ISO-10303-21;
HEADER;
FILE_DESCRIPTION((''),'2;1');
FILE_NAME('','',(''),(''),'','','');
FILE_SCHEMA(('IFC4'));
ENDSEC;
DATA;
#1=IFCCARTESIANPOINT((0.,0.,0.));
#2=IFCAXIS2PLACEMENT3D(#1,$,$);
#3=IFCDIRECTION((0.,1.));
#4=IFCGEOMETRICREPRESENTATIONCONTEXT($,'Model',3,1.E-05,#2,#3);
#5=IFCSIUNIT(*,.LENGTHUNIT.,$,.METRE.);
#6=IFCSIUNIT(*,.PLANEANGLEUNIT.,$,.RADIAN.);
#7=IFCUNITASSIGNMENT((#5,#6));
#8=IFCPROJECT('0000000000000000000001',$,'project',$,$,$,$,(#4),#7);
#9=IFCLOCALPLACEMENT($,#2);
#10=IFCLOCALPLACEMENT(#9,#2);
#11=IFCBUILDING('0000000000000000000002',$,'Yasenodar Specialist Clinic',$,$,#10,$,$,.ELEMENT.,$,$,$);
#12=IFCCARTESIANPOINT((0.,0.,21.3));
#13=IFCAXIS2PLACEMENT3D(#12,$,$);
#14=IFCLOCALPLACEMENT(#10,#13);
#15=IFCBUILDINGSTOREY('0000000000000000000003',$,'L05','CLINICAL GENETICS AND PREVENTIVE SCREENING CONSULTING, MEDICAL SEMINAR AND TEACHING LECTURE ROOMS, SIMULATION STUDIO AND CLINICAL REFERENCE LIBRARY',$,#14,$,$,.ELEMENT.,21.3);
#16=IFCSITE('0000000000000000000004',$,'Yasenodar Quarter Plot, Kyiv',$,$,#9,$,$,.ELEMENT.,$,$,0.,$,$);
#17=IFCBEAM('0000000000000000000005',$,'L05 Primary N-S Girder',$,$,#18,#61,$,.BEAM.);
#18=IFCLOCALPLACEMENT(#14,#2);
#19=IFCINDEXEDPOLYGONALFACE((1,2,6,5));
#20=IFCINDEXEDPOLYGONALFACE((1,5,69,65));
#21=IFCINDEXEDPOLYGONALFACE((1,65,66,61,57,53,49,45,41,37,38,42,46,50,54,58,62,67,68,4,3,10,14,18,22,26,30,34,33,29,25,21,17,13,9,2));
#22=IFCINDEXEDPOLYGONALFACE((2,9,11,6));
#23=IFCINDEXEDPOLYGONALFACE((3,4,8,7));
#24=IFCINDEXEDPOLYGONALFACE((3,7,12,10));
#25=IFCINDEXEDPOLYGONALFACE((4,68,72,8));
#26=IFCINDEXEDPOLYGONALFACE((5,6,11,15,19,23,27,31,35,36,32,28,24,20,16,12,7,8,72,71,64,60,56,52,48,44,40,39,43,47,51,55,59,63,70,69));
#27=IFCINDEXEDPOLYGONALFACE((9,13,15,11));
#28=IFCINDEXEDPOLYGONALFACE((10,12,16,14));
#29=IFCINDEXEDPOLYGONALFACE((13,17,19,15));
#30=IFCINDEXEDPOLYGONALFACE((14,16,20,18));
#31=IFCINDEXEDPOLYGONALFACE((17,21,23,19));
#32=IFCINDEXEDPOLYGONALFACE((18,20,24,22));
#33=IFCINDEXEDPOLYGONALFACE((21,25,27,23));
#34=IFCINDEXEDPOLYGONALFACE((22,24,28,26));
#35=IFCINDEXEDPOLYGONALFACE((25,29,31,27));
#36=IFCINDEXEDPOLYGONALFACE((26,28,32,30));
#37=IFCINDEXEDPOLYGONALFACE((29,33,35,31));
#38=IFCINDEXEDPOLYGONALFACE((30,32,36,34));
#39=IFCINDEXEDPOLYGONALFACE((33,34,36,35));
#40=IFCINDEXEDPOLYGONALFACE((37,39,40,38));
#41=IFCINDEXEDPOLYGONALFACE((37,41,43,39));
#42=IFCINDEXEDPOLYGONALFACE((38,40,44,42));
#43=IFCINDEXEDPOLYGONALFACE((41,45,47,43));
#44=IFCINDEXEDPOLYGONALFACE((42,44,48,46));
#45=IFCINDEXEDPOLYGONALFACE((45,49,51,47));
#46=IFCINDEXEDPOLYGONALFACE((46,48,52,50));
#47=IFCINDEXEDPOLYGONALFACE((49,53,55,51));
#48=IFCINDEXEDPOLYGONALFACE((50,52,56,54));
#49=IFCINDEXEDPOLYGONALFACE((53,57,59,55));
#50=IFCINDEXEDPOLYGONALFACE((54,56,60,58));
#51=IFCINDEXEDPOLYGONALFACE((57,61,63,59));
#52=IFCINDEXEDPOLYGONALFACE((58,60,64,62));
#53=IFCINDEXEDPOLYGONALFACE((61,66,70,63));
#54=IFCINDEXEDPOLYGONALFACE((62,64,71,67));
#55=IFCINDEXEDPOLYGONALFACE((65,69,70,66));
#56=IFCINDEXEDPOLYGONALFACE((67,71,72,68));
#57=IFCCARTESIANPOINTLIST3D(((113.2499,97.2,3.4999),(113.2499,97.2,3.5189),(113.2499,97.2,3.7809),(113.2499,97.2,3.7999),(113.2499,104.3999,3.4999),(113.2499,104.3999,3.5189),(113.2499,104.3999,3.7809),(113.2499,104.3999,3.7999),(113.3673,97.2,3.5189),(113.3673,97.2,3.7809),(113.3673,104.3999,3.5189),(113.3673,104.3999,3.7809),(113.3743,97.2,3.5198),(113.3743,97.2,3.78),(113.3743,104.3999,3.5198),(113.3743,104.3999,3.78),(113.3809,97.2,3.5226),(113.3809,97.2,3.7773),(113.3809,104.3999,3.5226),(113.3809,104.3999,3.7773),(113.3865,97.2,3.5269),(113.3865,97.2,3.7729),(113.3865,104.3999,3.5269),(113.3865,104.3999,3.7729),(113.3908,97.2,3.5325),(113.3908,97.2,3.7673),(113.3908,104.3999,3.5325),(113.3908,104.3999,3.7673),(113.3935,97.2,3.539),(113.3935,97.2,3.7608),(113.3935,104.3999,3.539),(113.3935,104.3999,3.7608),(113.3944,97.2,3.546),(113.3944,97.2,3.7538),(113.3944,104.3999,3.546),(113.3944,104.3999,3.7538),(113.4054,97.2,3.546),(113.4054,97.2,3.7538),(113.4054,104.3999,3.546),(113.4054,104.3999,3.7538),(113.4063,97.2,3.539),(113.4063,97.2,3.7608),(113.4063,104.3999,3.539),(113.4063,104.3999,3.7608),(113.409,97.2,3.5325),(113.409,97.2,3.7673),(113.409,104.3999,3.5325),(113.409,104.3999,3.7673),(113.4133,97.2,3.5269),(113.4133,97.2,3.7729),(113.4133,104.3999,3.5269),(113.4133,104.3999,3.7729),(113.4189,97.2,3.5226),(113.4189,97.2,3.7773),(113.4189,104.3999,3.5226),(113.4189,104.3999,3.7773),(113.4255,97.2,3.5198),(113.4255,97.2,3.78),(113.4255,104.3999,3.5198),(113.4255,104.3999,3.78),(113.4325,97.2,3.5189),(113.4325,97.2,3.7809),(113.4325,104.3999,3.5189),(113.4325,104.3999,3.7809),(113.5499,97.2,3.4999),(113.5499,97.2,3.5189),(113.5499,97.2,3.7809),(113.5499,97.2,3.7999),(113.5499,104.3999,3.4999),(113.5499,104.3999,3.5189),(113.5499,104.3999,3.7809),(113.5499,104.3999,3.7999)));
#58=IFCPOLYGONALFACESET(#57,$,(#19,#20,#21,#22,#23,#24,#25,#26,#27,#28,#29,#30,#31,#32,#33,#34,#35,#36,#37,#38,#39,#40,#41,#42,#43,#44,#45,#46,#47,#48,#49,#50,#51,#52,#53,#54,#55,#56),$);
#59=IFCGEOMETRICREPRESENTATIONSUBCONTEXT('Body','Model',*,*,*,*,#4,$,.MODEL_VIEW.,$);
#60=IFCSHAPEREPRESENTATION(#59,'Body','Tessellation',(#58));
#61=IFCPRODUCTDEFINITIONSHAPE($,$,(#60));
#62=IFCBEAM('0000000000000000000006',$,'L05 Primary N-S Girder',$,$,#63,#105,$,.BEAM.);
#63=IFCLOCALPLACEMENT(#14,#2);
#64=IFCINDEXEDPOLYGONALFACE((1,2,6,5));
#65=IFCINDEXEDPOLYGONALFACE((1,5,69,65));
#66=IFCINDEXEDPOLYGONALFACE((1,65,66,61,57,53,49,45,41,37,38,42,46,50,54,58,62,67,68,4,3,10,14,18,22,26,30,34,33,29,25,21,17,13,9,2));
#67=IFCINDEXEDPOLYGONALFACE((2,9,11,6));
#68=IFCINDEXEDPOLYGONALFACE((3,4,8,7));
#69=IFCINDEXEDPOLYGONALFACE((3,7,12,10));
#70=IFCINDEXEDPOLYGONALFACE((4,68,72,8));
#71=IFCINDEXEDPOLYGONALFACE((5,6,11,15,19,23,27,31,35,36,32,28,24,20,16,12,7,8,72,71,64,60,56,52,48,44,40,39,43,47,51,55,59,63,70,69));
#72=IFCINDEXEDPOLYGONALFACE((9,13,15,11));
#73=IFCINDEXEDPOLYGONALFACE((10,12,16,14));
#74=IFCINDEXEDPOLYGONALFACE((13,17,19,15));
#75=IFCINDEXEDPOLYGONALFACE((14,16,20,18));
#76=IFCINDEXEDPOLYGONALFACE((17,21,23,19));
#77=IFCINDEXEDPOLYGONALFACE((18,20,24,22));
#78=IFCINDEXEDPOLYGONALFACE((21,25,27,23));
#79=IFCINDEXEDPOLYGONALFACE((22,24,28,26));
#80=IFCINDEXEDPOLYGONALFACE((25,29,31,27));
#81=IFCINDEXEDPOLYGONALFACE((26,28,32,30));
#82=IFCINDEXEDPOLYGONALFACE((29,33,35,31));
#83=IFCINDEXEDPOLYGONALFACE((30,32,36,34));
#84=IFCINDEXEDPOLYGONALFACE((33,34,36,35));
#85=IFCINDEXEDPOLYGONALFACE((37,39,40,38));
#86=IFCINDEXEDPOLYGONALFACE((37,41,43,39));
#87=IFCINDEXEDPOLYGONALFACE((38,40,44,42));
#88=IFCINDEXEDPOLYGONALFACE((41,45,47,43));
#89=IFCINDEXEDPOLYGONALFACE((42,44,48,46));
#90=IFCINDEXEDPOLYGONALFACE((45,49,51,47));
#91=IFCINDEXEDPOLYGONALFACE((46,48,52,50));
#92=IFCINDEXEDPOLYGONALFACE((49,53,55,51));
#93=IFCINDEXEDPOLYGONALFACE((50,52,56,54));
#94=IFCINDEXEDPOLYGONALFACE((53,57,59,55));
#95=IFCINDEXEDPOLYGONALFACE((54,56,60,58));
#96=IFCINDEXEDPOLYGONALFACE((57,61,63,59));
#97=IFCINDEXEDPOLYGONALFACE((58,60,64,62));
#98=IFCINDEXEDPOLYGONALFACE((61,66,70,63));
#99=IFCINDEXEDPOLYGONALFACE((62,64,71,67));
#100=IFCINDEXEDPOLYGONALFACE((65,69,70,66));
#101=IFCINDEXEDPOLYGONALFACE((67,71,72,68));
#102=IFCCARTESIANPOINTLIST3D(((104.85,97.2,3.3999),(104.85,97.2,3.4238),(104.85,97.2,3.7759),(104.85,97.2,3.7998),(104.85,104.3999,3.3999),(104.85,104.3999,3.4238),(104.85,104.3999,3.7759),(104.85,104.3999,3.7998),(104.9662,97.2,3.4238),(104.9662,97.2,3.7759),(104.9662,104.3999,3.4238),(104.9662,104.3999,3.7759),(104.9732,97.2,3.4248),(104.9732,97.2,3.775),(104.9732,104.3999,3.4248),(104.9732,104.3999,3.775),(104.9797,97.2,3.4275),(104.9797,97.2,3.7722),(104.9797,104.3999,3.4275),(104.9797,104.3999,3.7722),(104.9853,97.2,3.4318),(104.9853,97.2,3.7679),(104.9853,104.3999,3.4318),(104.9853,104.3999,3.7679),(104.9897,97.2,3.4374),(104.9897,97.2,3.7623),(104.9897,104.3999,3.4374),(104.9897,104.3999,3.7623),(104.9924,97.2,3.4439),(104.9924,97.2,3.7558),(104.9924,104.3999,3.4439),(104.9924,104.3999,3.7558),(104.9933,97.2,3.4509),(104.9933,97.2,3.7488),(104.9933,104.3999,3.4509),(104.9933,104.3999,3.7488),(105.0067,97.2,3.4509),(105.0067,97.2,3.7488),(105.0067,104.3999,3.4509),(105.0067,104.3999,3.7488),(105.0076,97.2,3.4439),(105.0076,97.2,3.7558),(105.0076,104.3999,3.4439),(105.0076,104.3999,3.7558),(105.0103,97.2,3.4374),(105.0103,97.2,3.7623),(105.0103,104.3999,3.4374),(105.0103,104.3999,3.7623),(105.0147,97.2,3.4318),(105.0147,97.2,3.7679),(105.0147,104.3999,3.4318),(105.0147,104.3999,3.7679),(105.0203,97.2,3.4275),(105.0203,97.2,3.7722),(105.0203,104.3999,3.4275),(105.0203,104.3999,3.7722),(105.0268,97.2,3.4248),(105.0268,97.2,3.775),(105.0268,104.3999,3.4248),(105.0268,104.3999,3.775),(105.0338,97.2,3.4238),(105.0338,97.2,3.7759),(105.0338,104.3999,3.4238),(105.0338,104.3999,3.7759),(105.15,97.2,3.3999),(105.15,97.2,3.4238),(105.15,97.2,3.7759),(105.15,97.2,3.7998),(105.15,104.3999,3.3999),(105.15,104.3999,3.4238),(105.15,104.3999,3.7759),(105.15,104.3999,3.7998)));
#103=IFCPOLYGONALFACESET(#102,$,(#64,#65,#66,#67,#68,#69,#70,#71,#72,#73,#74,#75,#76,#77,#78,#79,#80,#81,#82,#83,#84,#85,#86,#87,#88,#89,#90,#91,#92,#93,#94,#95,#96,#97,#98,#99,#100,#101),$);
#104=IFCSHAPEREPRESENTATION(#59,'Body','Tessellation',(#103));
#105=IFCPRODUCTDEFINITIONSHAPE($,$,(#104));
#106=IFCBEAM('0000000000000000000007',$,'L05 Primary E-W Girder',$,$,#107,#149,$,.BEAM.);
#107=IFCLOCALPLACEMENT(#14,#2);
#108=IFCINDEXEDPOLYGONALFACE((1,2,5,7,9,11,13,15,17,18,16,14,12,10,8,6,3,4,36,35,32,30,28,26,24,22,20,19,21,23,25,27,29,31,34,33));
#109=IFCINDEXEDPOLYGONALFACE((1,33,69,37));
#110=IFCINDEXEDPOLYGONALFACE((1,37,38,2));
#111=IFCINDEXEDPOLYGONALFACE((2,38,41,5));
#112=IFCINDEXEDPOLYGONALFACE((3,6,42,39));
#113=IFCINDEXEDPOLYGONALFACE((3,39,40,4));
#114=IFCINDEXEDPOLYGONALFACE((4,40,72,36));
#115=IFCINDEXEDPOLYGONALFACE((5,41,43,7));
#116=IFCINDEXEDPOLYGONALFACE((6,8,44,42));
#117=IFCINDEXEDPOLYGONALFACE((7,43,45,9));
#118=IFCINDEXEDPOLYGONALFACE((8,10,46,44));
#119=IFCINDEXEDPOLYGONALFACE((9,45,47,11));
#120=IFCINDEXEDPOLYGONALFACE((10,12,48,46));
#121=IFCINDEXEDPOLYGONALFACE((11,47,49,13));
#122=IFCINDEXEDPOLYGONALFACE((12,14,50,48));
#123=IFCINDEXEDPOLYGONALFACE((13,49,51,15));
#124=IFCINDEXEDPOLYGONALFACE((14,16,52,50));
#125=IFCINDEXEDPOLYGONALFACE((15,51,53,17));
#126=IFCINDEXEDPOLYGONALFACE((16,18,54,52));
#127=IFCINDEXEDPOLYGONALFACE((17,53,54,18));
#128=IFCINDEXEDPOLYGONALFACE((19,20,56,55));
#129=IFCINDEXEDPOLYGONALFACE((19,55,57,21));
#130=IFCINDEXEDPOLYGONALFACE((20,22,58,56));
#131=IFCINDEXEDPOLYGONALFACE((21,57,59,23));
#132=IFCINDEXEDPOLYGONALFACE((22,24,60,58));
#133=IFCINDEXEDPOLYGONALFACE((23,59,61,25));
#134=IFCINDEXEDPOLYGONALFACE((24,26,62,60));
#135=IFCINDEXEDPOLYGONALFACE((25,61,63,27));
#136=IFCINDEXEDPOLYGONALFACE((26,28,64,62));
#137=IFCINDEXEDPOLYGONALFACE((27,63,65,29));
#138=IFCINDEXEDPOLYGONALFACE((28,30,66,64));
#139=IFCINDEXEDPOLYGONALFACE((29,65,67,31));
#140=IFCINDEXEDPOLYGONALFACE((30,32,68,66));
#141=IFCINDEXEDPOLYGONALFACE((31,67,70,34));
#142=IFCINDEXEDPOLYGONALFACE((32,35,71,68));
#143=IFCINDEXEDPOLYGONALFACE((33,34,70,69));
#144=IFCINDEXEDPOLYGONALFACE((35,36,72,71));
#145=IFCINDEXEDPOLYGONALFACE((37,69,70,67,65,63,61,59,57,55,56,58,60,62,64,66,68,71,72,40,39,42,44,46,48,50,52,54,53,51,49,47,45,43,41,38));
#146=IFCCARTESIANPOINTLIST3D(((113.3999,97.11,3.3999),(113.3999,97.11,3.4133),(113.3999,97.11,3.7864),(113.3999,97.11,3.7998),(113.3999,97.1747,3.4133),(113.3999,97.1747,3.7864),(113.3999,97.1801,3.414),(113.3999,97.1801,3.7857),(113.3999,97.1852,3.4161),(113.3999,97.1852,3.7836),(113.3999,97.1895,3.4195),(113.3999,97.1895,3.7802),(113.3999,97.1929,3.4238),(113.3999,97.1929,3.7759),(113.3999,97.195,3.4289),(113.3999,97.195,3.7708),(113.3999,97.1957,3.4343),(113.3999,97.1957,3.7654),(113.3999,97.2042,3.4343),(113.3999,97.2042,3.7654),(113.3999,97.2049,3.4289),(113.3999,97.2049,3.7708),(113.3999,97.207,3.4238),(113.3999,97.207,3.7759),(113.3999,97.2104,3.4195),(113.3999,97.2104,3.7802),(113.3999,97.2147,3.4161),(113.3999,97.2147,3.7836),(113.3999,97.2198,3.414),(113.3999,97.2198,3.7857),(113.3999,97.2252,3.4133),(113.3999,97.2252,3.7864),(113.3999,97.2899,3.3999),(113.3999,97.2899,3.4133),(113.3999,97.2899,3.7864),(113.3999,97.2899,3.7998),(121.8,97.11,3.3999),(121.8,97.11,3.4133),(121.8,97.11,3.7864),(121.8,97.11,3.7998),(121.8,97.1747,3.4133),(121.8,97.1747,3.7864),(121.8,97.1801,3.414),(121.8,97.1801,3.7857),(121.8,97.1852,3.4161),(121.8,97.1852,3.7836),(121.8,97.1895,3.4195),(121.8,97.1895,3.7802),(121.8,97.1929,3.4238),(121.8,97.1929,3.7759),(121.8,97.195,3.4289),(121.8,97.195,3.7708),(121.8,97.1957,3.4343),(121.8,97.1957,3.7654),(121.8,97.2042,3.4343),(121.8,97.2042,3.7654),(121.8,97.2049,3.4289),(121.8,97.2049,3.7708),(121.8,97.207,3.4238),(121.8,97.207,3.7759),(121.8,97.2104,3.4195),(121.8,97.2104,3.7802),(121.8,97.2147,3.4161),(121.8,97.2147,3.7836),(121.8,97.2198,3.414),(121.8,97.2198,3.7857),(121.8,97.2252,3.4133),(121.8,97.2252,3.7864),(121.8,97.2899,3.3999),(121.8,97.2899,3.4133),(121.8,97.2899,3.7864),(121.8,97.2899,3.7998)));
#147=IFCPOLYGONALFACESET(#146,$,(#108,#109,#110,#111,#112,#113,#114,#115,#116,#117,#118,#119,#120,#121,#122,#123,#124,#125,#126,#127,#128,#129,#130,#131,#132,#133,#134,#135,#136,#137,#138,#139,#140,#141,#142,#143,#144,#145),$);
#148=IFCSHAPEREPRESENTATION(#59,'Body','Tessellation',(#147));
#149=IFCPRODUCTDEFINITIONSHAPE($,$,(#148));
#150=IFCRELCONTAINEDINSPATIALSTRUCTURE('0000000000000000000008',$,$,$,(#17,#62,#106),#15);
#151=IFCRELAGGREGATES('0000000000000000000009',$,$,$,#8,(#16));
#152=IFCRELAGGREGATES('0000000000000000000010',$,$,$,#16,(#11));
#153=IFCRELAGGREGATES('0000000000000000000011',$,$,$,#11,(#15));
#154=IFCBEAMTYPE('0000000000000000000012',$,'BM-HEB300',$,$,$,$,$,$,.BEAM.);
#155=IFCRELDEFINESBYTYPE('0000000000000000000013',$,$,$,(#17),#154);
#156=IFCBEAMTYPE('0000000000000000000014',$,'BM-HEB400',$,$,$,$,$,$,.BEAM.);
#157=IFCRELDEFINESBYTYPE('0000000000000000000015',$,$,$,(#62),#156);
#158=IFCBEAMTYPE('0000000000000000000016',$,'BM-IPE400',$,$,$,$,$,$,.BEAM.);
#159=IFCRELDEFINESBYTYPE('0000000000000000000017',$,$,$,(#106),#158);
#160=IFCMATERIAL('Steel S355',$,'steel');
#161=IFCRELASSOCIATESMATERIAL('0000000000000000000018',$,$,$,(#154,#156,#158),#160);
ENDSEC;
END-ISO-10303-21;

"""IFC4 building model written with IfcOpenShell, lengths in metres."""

from ifc_helpers import new_model, si_unit, direction, frame, origin, origin_2d, place, context, subcontext, project, spatial, i_section, extrude, material, material_profile, profile_set, type_object, element, save


model = new_model("IFC4")

# Units and contexts
model_context = context("Model", 3, precision=1e-05, world=origin(), true_north=direction((0.0, 1.0)))
body_context = subcontext(model_context, "Body", "Model", "MODEL_VIEW")
ifc_project = project(units=[si_unit("LENGTHUNIT", "METRE"), si_unit("PLANEANGLEUNIT", "RADIAN")], contexts=[model_context])

# Site, building, storey
site_placement = place(None, origin())
site = spatial("IfcSite", under=ifc_project, at=site_placement, Name="Yasenodar Quarter Plot, Kyiv", CompositionType="ELEMENT", RefElevation=0.0)
building_placement = place(site_placement, origin())
building = spatial("IfcBuilding", under=site, at=building_placement, Name="Yasenodar Specialist Clinic", CompositionType="ELEMENT")
storey_placement = place(building_placement, frame((0.0, 0.0, 21.3)))
storey = spatial("IfcBuildingStorey", under=building, at=storey_placement, Name="L05", Description="CLINICAL GENETICS AND PREVENTIVE SCREENING CONSULTING, MEDICAL SEMINAR AND TEACHING LECTURE ROOMS, SIMULATION STUDIO AND CLINICAL REFERENCE LIBRARY", CompositionType="ELEMENT", Elevation=21.3)

# Shared definitions
ifc_material_1 = material(Name="Steel S355", Category="steel")

# Beams
ifc_material_profile_1 = material_profile(ifc_material_1, i_section(OverallWidth=0.3, OverallDepth=0.3, WebThickness=0.011, FlangeThickness=0.019, FilletRadius=0.0271, at=origin_2d()), Name="HEB 300")
ifc_profile_set_1 = profile_set([ifc_material_profile_1], Name="Steel S355")
beam_type_1 = type_object("IfcBeamType", Name="BM-HEB300", PredefinedType="BEAM", material=ifc_profile_set_1)
beam_1_placement = place(storey_placement, frame((113.3999, 97.2, 3.6499), z_axis=(0.0, 1.0, 0.0), x_axis=(-1.0, 0.0, 0.0)))
element("IfcBeam", 1, at=beam_1_placement, inside=storey, type_object=beam_type_1, Name="L05 Primary N-S Girder", PredefinedType="BEAM", context=body_context, shape_type="SweptSolid", body=[
    extrude(i_section(OverallWidth=0.3, OverallDepth=0.3, WebThickness=0.011, FlangeThickness=0.019, FilletRadius=0.0271, at=origin_2d()), origin(), (0.0, 0.0, 1.0), 7.2),
])
ifc_material_profile_2 = material_profile(ifc_material_1, i_section(OverallWidth=0.3, OverallDepth=0.3999, WebThickness=0.0134, FlangeThickness=0.0239, FilletRadius=0.0271, at=origin_2d()), Name="HEB 400")
ifc_profile_set_2 = profile_set([ifc_material_profile_2], Name="Steel S355")
beam_type_2 = type_object("IfcBeamType", Name="BM-HEB400", PredefinedType="BEAM", material=ifc_profile_set_2)
beam_2_placement = place(storey_placement, frame((105.0, 97.2, 3.5999), z_axis=(0.0, 1.0, 0.0), x_axis=(-1.0, 0.0, 0.0)))
element("IfcBeam", 2, at=beam_2_placement, inside=storey, type_object=beam_type_2, Name="L05 Primary N-S Girder", PredefinedType="BEAM", context=body_context, shape_type="SweptSolid", body=[
    extrude(i_section(OverallWidth=0.3, OverallDepth=0.3999, WebThickness=0.0134, FlangeThickness=0.0239, FilletRadius=0.0271, at=origin_2d()), origin(), (0.0, 0.0, 1.0), 7.2),
])
ifc_material_profile_3 = material_profile(ifc_material_1, i_section(OverallWidth=0.1799, OverallDepth=0.3999, WebThickness=0.0085, FlangeThickness=0.0134, FilletRadius=0.021, at=origin_2d()), Name="IPE 400")
ifc_profile_set_3 = profile_set([ifc_material_profile_3], Name="Steel S355")
beam_type_3 = type_object("IfcBeamType", Name="BM-IPE400", PredefinedType="BEAM", material=ifc_profile_set_3)
beam_3_placement = place(storey_placement, frame((113.3999, 97.2, 3.5999), z_axis=(1.0, 0.0, 0.0), x_axis=(0.0, 1.0, 0.0)))
element("IfcBeam", 3, at=beam_3_placement, inside=storey, type_object=beam_type_3, Name="L05 Primary E-W Girder", PredefinedType="BEAM", context=body_context, shape_type="SweptSolid", body=[
    extrude(i_section(OverallWidth=0.1799, OverallDepth=0.3999, WebThickness=0.0085, FlangeThickness=0.0134, FilletRadius=0.021, at=origin_2d()), origin(), (0.0, 0.0, 1.0), 8.4001),
])

save(model, "model.ifc")
